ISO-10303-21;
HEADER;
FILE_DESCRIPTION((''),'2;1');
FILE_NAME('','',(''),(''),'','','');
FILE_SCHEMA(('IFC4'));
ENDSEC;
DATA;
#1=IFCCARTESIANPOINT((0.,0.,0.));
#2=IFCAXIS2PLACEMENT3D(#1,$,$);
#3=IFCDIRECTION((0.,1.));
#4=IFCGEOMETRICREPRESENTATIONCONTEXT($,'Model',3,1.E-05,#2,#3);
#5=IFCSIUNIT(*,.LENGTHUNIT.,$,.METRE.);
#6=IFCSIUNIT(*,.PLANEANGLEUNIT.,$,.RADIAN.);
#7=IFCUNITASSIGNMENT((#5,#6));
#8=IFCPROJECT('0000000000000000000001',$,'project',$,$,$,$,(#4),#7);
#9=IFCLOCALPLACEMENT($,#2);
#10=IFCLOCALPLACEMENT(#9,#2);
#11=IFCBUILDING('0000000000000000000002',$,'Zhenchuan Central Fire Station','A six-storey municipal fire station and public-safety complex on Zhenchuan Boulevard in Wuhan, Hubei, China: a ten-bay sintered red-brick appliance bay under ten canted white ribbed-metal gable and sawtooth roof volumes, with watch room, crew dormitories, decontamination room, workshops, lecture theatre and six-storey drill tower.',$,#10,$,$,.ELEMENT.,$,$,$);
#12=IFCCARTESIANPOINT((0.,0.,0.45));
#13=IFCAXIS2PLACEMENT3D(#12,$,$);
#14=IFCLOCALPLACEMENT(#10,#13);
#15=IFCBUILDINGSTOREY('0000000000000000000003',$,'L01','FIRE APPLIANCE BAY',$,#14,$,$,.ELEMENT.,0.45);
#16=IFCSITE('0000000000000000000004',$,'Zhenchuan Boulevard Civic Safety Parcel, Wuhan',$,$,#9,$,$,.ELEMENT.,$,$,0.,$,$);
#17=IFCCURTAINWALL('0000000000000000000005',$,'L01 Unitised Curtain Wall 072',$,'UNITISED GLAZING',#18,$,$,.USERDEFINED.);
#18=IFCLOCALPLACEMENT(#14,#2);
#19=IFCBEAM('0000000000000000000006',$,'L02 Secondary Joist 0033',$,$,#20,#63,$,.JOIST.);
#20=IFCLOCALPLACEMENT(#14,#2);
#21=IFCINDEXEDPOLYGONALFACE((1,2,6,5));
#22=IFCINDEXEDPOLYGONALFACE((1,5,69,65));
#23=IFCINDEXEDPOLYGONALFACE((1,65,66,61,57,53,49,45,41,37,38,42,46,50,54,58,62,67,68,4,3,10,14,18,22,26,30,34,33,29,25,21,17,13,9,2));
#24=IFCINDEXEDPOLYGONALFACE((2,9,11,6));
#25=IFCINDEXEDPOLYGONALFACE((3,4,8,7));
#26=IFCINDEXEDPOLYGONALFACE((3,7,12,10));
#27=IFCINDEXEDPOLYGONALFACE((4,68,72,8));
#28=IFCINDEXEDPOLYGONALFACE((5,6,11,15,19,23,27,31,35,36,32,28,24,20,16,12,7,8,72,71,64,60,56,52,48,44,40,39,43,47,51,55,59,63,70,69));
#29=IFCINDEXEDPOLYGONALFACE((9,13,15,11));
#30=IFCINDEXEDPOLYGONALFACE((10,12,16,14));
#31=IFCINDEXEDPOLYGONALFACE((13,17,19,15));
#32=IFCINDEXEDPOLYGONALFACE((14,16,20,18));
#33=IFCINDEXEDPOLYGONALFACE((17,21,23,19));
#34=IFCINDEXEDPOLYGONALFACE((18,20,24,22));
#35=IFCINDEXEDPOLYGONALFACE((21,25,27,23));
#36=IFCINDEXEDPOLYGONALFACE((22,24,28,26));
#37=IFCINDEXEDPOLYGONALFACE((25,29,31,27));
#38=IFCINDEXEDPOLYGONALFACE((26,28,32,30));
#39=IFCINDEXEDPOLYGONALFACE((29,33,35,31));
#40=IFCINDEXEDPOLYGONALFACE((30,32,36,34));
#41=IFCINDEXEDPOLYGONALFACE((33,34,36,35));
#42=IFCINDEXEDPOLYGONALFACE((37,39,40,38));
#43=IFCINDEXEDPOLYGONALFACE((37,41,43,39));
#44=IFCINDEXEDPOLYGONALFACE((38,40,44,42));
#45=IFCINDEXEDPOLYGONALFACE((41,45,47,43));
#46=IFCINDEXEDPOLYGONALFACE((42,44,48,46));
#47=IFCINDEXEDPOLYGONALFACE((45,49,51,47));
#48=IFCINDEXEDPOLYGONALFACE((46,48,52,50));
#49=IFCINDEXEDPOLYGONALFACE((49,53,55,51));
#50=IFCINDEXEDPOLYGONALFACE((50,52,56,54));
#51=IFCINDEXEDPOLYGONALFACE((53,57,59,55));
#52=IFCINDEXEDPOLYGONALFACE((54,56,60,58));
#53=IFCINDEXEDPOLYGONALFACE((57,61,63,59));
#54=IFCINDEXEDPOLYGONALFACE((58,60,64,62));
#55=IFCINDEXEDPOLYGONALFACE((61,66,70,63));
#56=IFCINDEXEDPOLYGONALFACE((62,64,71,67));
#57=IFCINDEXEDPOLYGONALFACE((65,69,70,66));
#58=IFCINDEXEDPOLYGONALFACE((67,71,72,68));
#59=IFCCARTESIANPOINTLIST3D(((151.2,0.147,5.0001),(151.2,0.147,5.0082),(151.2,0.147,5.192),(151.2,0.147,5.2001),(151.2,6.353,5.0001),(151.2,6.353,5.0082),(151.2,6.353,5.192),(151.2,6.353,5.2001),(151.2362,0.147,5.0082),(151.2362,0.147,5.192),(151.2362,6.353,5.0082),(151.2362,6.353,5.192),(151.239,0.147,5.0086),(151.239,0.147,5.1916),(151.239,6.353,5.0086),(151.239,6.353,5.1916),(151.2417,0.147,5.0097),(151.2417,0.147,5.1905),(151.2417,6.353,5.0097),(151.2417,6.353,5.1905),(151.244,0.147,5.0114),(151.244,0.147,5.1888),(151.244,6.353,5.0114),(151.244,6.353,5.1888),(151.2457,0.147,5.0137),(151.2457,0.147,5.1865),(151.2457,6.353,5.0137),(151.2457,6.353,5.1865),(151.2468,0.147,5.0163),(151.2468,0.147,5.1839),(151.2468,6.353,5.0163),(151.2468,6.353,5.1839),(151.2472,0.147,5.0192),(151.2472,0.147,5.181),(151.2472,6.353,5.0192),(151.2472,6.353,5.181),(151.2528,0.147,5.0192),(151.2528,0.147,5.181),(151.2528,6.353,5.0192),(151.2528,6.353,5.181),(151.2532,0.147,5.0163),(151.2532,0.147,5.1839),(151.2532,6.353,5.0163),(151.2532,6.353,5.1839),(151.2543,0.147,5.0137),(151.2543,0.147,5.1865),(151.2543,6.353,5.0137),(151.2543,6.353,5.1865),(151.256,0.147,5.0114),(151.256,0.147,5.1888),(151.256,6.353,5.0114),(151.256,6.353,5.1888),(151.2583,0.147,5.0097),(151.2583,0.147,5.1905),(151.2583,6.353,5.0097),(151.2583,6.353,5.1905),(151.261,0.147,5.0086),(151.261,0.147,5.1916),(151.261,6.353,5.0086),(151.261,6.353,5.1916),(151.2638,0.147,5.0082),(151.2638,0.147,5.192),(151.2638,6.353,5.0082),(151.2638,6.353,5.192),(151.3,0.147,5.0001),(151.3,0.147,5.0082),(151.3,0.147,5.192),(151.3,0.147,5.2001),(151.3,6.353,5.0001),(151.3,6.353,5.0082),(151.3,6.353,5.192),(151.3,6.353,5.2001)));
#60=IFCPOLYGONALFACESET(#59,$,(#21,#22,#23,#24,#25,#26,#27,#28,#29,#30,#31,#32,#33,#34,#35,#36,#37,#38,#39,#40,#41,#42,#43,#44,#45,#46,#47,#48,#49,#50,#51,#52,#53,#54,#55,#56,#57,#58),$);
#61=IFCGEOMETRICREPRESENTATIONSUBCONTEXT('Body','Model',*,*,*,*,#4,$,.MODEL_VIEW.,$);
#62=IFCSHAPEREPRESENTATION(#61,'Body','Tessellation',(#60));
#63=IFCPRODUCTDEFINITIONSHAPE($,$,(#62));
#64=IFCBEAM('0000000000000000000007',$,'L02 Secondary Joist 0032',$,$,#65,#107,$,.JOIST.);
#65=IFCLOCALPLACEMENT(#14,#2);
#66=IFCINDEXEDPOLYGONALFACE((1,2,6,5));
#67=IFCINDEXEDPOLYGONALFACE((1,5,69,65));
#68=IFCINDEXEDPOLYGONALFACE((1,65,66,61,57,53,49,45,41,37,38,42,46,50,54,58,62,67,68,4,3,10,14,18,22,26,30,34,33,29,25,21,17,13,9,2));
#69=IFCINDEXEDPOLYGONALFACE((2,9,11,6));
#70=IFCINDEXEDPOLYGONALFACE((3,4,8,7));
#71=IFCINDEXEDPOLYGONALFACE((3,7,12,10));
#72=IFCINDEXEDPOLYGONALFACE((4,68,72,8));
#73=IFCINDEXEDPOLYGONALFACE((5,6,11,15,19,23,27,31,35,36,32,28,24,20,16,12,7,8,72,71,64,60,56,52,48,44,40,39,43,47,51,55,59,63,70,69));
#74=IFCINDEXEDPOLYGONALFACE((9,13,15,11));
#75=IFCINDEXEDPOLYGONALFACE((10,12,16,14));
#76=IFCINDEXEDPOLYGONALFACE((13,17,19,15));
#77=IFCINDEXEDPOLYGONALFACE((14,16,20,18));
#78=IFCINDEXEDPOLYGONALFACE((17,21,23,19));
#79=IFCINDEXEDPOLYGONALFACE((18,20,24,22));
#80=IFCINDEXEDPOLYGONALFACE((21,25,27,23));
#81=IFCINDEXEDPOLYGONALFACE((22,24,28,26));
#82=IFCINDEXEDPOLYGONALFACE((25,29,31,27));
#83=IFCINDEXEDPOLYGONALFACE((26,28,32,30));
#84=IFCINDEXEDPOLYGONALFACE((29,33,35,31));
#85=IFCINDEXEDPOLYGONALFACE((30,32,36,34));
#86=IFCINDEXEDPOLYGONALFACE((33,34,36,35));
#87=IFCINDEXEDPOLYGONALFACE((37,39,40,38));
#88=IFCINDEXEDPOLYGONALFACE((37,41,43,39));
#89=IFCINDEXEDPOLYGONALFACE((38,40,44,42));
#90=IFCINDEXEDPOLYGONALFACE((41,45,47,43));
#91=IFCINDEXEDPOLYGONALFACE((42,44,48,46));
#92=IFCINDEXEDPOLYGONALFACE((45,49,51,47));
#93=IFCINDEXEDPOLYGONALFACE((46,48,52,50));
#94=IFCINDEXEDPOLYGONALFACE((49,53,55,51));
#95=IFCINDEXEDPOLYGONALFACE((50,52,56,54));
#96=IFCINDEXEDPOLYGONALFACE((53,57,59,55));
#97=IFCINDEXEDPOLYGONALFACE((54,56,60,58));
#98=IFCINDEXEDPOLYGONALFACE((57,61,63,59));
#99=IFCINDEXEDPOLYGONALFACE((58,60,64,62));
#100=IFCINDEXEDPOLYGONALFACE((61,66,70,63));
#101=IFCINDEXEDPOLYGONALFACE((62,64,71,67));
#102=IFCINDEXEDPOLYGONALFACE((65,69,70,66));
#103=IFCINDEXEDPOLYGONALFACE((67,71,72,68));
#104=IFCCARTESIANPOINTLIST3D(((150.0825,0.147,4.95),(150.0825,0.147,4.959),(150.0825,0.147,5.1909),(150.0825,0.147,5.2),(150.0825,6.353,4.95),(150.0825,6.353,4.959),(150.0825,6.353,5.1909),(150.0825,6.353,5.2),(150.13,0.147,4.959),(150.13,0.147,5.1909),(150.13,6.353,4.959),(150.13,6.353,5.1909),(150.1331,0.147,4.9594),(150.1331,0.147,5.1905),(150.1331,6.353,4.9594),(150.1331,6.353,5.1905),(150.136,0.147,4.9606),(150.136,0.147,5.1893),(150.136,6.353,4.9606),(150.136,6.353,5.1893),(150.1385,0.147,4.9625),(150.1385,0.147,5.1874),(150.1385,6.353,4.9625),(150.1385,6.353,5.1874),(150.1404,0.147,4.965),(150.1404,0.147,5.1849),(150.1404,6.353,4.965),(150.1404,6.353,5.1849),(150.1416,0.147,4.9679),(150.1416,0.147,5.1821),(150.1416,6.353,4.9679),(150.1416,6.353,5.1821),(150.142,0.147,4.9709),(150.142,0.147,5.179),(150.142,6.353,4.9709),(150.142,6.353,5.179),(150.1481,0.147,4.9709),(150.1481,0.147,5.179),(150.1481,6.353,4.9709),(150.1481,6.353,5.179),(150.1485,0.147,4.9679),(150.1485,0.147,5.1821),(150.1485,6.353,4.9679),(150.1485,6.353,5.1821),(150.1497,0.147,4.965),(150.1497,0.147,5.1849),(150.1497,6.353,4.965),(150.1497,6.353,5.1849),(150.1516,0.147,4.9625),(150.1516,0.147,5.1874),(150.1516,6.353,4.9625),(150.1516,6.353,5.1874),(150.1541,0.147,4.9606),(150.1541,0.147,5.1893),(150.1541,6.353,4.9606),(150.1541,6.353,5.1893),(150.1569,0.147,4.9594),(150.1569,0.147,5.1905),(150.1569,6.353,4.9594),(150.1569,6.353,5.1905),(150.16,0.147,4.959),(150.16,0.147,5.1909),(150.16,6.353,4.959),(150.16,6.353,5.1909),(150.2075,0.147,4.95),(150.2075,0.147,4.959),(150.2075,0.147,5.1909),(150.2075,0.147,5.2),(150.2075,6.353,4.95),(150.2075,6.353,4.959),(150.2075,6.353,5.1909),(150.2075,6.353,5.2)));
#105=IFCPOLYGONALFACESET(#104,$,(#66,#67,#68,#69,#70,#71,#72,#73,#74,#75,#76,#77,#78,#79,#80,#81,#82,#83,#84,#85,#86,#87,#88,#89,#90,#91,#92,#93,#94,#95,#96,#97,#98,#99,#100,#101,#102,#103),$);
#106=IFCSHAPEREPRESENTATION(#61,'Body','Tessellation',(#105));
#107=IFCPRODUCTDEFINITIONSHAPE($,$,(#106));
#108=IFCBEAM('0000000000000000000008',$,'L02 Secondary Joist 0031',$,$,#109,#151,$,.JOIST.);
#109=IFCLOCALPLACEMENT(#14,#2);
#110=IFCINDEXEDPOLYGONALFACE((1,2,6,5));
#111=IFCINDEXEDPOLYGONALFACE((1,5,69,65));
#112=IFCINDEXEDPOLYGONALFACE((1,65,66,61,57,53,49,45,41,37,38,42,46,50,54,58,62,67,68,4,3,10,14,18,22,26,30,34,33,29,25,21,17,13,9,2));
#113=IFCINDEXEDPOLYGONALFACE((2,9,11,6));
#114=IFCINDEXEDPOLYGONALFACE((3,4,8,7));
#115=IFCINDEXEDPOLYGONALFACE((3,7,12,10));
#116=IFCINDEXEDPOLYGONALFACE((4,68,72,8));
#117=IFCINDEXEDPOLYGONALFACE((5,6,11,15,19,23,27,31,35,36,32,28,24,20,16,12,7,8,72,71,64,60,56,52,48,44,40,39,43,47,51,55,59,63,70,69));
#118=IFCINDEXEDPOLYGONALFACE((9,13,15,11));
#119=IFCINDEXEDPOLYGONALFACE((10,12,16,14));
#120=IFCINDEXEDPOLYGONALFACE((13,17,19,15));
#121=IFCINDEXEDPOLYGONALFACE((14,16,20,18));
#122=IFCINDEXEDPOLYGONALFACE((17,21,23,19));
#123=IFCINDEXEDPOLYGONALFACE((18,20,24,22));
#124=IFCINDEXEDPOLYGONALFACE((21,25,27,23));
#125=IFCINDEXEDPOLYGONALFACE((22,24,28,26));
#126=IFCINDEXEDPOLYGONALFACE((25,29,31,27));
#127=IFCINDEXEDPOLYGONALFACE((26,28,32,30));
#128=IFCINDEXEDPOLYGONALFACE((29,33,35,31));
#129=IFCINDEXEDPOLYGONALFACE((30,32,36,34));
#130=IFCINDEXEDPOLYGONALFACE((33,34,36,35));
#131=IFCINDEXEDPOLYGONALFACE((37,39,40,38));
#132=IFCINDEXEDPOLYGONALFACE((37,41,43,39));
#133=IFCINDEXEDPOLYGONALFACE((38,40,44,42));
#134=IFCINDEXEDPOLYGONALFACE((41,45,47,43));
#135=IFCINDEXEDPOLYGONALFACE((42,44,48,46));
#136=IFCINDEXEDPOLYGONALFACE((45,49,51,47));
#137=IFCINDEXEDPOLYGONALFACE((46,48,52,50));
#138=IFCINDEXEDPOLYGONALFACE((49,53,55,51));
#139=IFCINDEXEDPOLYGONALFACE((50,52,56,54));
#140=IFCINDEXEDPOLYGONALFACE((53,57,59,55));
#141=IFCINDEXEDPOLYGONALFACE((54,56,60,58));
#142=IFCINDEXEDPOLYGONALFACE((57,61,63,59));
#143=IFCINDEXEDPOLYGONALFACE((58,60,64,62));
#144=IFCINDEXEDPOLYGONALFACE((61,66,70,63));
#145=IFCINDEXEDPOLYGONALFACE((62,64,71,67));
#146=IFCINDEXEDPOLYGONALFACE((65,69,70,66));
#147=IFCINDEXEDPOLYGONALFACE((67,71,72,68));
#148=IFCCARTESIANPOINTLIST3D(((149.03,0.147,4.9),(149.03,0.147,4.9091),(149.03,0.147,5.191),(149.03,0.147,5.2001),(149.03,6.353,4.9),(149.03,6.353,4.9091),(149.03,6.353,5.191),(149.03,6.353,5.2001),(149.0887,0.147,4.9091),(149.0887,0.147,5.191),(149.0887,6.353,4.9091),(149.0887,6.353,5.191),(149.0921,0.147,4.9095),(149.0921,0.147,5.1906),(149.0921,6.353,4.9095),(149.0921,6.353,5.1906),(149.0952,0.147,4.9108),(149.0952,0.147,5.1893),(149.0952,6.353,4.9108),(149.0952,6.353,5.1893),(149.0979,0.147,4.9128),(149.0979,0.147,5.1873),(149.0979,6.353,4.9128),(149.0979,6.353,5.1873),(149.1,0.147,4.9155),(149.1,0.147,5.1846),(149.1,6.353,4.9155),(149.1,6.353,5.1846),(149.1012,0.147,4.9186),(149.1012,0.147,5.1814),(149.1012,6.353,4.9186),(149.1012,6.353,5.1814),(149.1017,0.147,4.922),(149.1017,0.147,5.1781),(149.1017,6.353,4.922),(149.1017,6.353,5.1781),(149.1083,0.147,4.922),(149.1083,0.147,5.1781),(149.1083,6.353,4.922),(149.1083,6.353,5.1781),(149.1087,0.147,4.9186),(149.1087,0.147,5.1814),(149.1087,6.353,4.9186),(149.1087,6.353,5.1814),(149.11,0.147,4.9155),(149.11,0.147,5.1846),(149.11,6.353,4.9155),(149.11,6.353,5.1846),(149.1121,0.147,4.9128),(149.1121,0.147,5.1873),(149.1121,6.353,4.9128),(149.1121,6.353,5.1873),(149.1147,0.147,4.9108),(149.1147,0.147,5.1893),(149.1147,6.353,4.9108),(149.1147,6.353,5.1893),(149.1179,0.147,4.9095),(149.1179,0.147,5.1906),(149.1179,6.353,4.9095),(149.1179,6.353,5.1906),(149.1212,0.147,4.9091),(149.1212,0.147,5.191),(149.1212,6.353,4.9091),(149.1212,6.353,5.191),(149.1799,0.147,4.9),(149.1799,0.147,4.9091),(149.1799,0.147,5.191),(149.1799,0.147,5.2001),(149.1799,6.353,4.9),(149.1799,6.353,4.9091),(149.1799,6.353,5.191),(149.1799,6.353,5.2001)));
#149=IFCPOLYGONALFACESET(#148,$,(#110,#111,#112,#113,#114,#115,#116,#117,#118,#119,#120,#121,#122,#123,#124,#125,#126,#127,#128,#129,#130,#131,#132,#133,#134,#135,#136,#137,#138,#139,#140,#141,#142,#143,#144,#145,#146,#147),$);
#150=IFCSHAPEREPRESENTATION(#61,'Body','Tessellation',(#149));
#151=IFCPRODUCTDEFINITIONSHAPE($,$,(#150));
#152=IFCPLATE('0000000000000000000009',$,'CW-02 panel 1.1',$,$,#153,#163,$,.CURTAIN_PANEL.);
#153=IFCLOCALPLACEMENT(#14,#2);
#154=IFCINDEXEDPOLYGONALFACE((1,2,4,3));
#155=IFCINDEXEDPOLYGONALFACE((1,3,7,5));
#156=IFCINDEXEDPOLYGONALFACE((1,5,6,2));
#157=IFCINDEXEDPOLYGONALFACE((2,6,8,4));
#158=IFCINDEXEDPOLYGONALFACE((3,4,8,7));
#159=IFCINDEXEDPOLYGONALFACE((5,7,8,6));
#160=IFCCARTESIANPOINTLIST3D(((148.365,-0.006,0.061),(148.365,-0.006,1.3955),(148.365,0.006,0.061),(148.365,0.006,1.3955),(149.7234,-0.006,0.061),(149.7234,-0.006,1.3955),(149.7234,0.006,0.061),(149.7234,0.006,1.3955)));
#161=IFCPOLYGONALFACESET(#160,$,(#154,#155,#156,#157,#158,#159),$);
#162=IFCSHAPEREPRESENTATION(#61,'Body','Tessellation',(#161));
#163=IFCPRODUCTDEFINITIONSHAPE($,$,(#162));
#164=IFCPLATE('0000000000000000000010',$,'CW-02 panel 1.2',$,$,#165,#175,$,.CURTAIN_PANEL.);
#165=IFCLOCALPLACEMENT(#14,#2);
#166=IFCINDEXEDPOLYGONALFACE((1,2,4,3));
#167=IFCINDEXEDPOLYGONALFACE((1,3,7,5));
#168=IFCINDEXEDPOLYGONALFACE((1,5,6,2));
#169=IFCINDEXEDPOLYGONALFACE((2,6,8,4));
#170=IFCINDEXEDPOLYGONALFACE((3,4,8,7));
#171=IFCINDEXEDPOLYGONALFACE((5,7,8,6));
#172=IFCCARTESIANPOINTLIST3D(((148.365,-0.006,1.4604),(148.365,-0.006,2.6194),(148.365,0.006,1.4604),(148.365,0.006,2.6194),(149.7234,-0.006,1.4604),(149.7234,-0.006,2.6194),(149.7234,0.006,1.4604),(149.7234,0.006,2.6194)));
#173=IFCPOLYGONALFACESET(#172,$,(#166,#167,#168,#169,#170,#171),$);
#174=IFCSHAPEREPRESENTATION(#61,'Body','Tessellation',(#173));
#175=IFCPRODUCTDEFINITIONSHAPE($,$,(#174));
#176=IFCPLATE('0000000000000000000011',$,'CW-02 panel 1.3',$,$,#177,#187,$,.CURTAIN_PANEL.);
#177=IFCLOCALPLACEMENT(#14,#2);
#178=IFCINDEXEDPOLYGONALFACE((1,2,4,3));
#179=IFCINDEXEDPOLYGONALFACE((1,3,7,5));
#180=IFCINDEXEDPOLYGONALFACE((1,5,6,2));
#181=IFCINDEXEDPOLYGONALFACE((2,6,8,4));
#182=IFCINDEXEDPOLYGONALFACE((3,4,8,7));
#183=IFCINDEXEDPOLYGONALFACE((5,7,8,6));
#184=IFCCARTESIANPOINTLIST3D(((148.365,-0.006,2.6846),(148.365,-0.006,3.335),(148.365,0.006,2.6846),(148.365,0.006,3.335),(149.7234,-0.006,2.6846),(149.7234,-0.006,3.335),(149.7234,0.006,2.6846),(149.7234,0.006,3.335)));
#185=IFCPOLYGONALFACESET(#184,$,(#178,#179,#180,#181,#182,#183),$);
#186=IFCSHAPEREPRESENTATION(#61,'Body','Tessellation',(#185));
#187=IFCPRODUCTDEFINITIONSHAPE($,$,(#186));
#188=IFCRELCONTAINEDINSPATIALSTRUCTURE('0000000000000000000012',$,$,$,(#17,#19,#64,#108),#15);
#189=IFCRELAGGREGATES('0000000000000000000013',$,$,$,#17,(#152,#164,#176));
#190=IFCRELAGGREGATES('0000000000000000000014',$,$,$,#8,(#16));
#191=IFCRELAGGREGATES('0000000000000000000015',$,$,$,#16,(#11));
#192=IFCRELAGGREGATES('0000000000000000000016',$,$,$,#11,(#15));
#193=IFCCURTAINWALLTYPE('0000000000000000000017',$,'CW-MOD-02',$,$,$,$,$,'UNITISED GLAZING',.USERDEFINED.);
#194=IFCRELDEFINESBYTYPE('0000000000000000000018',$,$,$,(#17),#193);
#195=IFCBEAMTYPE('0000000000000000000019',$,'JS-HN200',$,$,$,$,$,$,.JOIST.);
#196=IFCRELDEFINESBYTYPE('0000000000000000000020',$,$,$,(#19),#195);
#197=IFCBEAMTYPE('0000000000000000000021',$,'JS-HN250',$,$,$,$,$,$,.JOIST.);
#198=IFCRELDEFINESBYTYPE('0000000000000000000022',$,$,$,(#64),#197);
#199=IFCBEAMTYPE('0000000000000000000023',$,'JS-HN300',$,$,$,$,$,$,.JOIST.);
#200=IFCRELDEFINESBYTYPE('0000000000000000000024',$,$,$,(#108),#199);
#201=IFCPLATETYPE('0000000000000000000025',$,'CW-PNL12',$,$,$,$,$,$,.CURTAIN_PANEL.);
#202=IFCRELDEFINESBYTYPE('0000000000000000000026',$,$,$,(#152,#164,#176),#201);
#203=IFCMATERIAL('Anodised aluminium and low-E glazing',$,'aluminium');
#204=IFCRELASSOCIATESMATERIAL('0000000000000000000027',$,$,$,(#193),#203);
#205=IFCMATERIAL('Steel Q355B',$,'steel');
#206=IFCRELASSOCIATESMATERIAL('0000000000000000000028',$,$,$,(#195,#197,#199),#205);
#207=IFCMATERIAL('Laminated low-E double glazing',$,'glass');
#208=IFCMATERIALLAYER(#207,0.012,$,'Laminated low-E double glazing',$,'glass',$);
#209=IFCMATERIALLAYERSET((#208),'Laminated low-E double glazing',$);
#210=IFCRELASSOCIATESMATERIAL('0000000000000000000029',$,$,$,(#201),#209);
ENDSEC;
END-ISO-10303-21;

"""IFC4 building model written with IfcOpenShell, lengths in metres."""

from ifc_helpers import new_model, si_unit, direction, frame, origin, origin_2d, place, context, subcontext, project, spatial, rectangle, i_section, extrude, material, layer, layer_set, material_profile, profile_set, type_object, element, aggregate, save


model = new_model("IFC4")

# Units and contexts
model_context = context("Model", 3, precision=1e-05, world=origin(), true_north=direction((0.0, 1.0)))
body_context = subcontext(model_context, "Body", "Model", "MODEL_VIEW")
ifc_project = project(units=[si_unit("LENGTHUNIT", "METRE"), si_unit("PLANEANGLEUNIT", "RADIAN")], contexts=[model_context])

# Site, building, storey
site_placement = place(None, origin())
site = spatial("IfcSite", under=ifc_project, at=site_placement, Name="Zhenchuan Boulevard Civic Safety Parcel, Wuhan", CompositionType="ELEMENT", RefElevation=0.0)
building_placement = place(site_placement, origin())
building = spatial("IfcBuilding", under=site, at=building_placement, Name="Zhenchuan Central Fire Station", Description="A six-storey municipal fire station and public-safety complex on Zhenchuan Boulevard in Wuhan, Hubei, China: a ten-bay sintered red-brick appliance bay under ten canted white ribbed-metal gable and sawtooth roof volumes, with watch room, crew dormitories, decontamination room, workshops, lecture theatre and six-storey drill tower.", CompositionType="ELEMENT")
storey_placement = place(building_placement, frame((0.0, 0.0, 0.45)))
storey = spatial("IfcBuildingStorey", under=building, at=storey_placement, Name="L01", Description="FIRE APPLIANCE BAY", CompositionType="ELEMENT", Elevation=0.45)

# Curtain wall
ifc_material_1 = material(Name="Anodised aluminium and low-E glazing", Category="aluminium")
curtain_wall_type_1 = type_object("IfcCurtainWallType", Name="CW-MOD-02", ElementType="UNITISED GLAZING", PredefinedType="USERDEFINED", material=ifc_material_1)
curtain_wall_1_placement = place(storey_placement, origin())
curtain_wall_1 = element("IfcCurtainWall", 1, at=curtain_wall_1_placement, inside=storey, type_object=curtain_wall_type_1, Name="L01 Unitised Curtain Wall 072", ObjectType="UNITISED GLAZING", PredefinedType="USERDEFINED")

# Beams
ifc_material_2 = material(Name="Steel Q355B", Category="steel")
ifc_material_profile_1 = material_profile(ifc_material_2, i_section(OverallWidth=0.1001, OverallDepth=0.2, WebThickness=0.0056, FlangeThickness=0.0081, FilletRadius=0.011, at=origin_2d()), Name="HN 200x100")
ifc_profile_set_1 = profile_set([ifc_material_profile_1], Name="Steel Q355B")
beam_type_1 = type_object("IfcBeamType", Name="JS-HN200", PredefinedType="JOIST", material=ifc_profile_set_1)
beam_1_placement = place(storey_placement, frame((151.25, 0.147, 5.1001), z_axis=(0.0, 1.0, 0.0), x_axis=(-1.0, 0.0, 0.0)))
element("IfcBeam", 2, at=beam_1_placement, inside=storey, type_object=beam_type_1, Name="L02 Secondary Joist 0033", PredefinedType="JOIST", context=body_context, shape_type="SweptSolid", body=[
    extrude(i_section(OverallWidth=0.1001, OverallDepth=0.2, WebThickness=0.0056, FlangeThickness=0.0081, FilletRadius=0.011, at=origin_2d()), origin(), (0.0, 0.0, 1.0), 6.2061),
])
ifc_material_profile_2 = material_profile(ifc_material_2, i_section(OverallWidth=0.125, OverallDepth=0.25, WebThickness=0.0061, FlangeThickness=0.009, FilletRadius=0.012, at=origin_2d()), Name="HN 250x125")
ifc_profile_set_2 = profile_set([ifc_material_profile_2], Name="Steel Q355B")
beam_type_2 = type_object("IfcBeamType", Name="JS-HN250", PredefinedType="JOIST", material=ifc_profile_set_2)
beam_2_placement = place(storey_placement, frame((150.145, 0.147, 5.075), z_axis=(0.0, 1.0, 0.0), x_axis=(-1.0, 0.0, 0.0)))
element("IfcBeam", 3, at=beam_2_placement, inside=storey, type_object=beam_type_2, Name="L02 Secondary Joist 0032", PredefinedType="JOIST", context=body_context, shape_type="SweptSolid", body=[
    extrude(i_section(OverallWidth=0.125, OverallDepth=0.25, WebThickness=0.0061, FlangeThickness=0.009, FilletRadius=0.012, at=origin_2d()), origin(), (0.0, 0.0, 1.0), 6.2061),
])
ifc_material_profile_3 = material_profile(ifc_material_2, i_section(OverallWidth=0.1499, OverallDepth=0.3, WebThickness=0.0066, FlangeThickness=0.009, FilletRadius=0.0129, at=origin_2d()), Name="HN 300x150")
ifc_profile_set_3 = profile_set([ifc_material_profile_3], Name="Steel Q355B")
beam_type_3 = type_object("IfcBeamType", Name="JS-HN300", PredefinedType="JOIST", material=ifc_profile_set_3)
beam_3_placement = place(storey_placement, frame((149.105, 0.147, 5.05), z_axis=(0.0, 1.0, 0.0), x_axis=(-1.0, 0.0, 0.0)))
element("IfcBeam", 4, at=beam_3_placement, inside=storey, type_object=beam_type_3, Name="L02 Secondary Joist 0031", PredefinedType="JOIST", context=body_context, shape_type="SweptSolid", body=[
    extrude(i_section(OverallWidth=0.1499, OverallDepth=0.3, WebThickness=0.0066, FlangeThickness=0.009, FilletRadius=0.0129, at=origin_2d()), origin(), (0.0, 0.0, 1.0), 6.2061),
])

# Plates
ifc_material_3 = material(Name="Laminated low-E double glazing", Category="glass")
ifc_layer_1 = layer(ifc_material_3, 0.012, Name="Laminated low-E double glazing", Category="glass")
ifc_layer_set_1 = layer_set([ifc_layer_1], Name="Laminated low-E double glazing")
plate_type = type_object("IfcPlateType", Name="CW-PNL12", PredefinedType="CURTAIN_PANEL", material=ifc_layer_set_1)
plate_1_placement = place(storey_placement, frame((149.0442, 0.0, 0.061), z_axis=(0.0, 0.0, 1.0), x_axis=(1.0, 0.0, 0.0)))
plate_1 = element("IfcPlate", 5, at=plate_1_placement, type_object=plate_type, Name="CW-02 panel 1.1", PredefinedType="CURTAIN_PANEL", context=body_context, shape_type="SweptSolid", body=[
    extrude(rectangle(XDim=1.3584, YDim=0.012, at=origin_2d()), origin(), (0.0, 0.0, 1.0), 1.3345),
])
plate_2_placement = place(storey_placement, frame((149.0442, 0.0, 1.4604), z_axis=(0.0, 0.0, 1.0), x_axis=(1.0, 0.0, 0.0)))
plate_2 = element("IfcPlate", 6, at=plate_2_placement, type_object=plate_type, Name="CW-02 panel 1.2", PredefinedType="CURTAIN_PANEL", context=body_context, shape_type="SweptSolid", body=[
    extrude(rectangle(XDim=1.3584, YDim=0.012, at=origin_2d()), origin(), (0.0, 0.0, 1.0), 1.1589),
])
plate_3_placement = place(storey_placement, frame((149.0442, 0.0, 2.6846), z_axis=(0.0, 0.0, 1.0), x_axis=(1.0, 0.0, 0.0)))
plate_3 = element("IfcPlate", 7, at=plate_3_placement, type_object=plate_type, Name="CW-02 panel 1.3", PredefinedType="CURTAIN_PANEL", context=body_context, shape_type="SweptSolid", body=[
    extrude(rectangle(XDim=1.3584, YDim=0.012, at=origin_2d()), origin(), (0.0, 0.0, 1.0), 0.6504),
])
aggregate(curtain_wall_1, [plate_1, plate_2, plate_3])

save(model, "model.ifc")
